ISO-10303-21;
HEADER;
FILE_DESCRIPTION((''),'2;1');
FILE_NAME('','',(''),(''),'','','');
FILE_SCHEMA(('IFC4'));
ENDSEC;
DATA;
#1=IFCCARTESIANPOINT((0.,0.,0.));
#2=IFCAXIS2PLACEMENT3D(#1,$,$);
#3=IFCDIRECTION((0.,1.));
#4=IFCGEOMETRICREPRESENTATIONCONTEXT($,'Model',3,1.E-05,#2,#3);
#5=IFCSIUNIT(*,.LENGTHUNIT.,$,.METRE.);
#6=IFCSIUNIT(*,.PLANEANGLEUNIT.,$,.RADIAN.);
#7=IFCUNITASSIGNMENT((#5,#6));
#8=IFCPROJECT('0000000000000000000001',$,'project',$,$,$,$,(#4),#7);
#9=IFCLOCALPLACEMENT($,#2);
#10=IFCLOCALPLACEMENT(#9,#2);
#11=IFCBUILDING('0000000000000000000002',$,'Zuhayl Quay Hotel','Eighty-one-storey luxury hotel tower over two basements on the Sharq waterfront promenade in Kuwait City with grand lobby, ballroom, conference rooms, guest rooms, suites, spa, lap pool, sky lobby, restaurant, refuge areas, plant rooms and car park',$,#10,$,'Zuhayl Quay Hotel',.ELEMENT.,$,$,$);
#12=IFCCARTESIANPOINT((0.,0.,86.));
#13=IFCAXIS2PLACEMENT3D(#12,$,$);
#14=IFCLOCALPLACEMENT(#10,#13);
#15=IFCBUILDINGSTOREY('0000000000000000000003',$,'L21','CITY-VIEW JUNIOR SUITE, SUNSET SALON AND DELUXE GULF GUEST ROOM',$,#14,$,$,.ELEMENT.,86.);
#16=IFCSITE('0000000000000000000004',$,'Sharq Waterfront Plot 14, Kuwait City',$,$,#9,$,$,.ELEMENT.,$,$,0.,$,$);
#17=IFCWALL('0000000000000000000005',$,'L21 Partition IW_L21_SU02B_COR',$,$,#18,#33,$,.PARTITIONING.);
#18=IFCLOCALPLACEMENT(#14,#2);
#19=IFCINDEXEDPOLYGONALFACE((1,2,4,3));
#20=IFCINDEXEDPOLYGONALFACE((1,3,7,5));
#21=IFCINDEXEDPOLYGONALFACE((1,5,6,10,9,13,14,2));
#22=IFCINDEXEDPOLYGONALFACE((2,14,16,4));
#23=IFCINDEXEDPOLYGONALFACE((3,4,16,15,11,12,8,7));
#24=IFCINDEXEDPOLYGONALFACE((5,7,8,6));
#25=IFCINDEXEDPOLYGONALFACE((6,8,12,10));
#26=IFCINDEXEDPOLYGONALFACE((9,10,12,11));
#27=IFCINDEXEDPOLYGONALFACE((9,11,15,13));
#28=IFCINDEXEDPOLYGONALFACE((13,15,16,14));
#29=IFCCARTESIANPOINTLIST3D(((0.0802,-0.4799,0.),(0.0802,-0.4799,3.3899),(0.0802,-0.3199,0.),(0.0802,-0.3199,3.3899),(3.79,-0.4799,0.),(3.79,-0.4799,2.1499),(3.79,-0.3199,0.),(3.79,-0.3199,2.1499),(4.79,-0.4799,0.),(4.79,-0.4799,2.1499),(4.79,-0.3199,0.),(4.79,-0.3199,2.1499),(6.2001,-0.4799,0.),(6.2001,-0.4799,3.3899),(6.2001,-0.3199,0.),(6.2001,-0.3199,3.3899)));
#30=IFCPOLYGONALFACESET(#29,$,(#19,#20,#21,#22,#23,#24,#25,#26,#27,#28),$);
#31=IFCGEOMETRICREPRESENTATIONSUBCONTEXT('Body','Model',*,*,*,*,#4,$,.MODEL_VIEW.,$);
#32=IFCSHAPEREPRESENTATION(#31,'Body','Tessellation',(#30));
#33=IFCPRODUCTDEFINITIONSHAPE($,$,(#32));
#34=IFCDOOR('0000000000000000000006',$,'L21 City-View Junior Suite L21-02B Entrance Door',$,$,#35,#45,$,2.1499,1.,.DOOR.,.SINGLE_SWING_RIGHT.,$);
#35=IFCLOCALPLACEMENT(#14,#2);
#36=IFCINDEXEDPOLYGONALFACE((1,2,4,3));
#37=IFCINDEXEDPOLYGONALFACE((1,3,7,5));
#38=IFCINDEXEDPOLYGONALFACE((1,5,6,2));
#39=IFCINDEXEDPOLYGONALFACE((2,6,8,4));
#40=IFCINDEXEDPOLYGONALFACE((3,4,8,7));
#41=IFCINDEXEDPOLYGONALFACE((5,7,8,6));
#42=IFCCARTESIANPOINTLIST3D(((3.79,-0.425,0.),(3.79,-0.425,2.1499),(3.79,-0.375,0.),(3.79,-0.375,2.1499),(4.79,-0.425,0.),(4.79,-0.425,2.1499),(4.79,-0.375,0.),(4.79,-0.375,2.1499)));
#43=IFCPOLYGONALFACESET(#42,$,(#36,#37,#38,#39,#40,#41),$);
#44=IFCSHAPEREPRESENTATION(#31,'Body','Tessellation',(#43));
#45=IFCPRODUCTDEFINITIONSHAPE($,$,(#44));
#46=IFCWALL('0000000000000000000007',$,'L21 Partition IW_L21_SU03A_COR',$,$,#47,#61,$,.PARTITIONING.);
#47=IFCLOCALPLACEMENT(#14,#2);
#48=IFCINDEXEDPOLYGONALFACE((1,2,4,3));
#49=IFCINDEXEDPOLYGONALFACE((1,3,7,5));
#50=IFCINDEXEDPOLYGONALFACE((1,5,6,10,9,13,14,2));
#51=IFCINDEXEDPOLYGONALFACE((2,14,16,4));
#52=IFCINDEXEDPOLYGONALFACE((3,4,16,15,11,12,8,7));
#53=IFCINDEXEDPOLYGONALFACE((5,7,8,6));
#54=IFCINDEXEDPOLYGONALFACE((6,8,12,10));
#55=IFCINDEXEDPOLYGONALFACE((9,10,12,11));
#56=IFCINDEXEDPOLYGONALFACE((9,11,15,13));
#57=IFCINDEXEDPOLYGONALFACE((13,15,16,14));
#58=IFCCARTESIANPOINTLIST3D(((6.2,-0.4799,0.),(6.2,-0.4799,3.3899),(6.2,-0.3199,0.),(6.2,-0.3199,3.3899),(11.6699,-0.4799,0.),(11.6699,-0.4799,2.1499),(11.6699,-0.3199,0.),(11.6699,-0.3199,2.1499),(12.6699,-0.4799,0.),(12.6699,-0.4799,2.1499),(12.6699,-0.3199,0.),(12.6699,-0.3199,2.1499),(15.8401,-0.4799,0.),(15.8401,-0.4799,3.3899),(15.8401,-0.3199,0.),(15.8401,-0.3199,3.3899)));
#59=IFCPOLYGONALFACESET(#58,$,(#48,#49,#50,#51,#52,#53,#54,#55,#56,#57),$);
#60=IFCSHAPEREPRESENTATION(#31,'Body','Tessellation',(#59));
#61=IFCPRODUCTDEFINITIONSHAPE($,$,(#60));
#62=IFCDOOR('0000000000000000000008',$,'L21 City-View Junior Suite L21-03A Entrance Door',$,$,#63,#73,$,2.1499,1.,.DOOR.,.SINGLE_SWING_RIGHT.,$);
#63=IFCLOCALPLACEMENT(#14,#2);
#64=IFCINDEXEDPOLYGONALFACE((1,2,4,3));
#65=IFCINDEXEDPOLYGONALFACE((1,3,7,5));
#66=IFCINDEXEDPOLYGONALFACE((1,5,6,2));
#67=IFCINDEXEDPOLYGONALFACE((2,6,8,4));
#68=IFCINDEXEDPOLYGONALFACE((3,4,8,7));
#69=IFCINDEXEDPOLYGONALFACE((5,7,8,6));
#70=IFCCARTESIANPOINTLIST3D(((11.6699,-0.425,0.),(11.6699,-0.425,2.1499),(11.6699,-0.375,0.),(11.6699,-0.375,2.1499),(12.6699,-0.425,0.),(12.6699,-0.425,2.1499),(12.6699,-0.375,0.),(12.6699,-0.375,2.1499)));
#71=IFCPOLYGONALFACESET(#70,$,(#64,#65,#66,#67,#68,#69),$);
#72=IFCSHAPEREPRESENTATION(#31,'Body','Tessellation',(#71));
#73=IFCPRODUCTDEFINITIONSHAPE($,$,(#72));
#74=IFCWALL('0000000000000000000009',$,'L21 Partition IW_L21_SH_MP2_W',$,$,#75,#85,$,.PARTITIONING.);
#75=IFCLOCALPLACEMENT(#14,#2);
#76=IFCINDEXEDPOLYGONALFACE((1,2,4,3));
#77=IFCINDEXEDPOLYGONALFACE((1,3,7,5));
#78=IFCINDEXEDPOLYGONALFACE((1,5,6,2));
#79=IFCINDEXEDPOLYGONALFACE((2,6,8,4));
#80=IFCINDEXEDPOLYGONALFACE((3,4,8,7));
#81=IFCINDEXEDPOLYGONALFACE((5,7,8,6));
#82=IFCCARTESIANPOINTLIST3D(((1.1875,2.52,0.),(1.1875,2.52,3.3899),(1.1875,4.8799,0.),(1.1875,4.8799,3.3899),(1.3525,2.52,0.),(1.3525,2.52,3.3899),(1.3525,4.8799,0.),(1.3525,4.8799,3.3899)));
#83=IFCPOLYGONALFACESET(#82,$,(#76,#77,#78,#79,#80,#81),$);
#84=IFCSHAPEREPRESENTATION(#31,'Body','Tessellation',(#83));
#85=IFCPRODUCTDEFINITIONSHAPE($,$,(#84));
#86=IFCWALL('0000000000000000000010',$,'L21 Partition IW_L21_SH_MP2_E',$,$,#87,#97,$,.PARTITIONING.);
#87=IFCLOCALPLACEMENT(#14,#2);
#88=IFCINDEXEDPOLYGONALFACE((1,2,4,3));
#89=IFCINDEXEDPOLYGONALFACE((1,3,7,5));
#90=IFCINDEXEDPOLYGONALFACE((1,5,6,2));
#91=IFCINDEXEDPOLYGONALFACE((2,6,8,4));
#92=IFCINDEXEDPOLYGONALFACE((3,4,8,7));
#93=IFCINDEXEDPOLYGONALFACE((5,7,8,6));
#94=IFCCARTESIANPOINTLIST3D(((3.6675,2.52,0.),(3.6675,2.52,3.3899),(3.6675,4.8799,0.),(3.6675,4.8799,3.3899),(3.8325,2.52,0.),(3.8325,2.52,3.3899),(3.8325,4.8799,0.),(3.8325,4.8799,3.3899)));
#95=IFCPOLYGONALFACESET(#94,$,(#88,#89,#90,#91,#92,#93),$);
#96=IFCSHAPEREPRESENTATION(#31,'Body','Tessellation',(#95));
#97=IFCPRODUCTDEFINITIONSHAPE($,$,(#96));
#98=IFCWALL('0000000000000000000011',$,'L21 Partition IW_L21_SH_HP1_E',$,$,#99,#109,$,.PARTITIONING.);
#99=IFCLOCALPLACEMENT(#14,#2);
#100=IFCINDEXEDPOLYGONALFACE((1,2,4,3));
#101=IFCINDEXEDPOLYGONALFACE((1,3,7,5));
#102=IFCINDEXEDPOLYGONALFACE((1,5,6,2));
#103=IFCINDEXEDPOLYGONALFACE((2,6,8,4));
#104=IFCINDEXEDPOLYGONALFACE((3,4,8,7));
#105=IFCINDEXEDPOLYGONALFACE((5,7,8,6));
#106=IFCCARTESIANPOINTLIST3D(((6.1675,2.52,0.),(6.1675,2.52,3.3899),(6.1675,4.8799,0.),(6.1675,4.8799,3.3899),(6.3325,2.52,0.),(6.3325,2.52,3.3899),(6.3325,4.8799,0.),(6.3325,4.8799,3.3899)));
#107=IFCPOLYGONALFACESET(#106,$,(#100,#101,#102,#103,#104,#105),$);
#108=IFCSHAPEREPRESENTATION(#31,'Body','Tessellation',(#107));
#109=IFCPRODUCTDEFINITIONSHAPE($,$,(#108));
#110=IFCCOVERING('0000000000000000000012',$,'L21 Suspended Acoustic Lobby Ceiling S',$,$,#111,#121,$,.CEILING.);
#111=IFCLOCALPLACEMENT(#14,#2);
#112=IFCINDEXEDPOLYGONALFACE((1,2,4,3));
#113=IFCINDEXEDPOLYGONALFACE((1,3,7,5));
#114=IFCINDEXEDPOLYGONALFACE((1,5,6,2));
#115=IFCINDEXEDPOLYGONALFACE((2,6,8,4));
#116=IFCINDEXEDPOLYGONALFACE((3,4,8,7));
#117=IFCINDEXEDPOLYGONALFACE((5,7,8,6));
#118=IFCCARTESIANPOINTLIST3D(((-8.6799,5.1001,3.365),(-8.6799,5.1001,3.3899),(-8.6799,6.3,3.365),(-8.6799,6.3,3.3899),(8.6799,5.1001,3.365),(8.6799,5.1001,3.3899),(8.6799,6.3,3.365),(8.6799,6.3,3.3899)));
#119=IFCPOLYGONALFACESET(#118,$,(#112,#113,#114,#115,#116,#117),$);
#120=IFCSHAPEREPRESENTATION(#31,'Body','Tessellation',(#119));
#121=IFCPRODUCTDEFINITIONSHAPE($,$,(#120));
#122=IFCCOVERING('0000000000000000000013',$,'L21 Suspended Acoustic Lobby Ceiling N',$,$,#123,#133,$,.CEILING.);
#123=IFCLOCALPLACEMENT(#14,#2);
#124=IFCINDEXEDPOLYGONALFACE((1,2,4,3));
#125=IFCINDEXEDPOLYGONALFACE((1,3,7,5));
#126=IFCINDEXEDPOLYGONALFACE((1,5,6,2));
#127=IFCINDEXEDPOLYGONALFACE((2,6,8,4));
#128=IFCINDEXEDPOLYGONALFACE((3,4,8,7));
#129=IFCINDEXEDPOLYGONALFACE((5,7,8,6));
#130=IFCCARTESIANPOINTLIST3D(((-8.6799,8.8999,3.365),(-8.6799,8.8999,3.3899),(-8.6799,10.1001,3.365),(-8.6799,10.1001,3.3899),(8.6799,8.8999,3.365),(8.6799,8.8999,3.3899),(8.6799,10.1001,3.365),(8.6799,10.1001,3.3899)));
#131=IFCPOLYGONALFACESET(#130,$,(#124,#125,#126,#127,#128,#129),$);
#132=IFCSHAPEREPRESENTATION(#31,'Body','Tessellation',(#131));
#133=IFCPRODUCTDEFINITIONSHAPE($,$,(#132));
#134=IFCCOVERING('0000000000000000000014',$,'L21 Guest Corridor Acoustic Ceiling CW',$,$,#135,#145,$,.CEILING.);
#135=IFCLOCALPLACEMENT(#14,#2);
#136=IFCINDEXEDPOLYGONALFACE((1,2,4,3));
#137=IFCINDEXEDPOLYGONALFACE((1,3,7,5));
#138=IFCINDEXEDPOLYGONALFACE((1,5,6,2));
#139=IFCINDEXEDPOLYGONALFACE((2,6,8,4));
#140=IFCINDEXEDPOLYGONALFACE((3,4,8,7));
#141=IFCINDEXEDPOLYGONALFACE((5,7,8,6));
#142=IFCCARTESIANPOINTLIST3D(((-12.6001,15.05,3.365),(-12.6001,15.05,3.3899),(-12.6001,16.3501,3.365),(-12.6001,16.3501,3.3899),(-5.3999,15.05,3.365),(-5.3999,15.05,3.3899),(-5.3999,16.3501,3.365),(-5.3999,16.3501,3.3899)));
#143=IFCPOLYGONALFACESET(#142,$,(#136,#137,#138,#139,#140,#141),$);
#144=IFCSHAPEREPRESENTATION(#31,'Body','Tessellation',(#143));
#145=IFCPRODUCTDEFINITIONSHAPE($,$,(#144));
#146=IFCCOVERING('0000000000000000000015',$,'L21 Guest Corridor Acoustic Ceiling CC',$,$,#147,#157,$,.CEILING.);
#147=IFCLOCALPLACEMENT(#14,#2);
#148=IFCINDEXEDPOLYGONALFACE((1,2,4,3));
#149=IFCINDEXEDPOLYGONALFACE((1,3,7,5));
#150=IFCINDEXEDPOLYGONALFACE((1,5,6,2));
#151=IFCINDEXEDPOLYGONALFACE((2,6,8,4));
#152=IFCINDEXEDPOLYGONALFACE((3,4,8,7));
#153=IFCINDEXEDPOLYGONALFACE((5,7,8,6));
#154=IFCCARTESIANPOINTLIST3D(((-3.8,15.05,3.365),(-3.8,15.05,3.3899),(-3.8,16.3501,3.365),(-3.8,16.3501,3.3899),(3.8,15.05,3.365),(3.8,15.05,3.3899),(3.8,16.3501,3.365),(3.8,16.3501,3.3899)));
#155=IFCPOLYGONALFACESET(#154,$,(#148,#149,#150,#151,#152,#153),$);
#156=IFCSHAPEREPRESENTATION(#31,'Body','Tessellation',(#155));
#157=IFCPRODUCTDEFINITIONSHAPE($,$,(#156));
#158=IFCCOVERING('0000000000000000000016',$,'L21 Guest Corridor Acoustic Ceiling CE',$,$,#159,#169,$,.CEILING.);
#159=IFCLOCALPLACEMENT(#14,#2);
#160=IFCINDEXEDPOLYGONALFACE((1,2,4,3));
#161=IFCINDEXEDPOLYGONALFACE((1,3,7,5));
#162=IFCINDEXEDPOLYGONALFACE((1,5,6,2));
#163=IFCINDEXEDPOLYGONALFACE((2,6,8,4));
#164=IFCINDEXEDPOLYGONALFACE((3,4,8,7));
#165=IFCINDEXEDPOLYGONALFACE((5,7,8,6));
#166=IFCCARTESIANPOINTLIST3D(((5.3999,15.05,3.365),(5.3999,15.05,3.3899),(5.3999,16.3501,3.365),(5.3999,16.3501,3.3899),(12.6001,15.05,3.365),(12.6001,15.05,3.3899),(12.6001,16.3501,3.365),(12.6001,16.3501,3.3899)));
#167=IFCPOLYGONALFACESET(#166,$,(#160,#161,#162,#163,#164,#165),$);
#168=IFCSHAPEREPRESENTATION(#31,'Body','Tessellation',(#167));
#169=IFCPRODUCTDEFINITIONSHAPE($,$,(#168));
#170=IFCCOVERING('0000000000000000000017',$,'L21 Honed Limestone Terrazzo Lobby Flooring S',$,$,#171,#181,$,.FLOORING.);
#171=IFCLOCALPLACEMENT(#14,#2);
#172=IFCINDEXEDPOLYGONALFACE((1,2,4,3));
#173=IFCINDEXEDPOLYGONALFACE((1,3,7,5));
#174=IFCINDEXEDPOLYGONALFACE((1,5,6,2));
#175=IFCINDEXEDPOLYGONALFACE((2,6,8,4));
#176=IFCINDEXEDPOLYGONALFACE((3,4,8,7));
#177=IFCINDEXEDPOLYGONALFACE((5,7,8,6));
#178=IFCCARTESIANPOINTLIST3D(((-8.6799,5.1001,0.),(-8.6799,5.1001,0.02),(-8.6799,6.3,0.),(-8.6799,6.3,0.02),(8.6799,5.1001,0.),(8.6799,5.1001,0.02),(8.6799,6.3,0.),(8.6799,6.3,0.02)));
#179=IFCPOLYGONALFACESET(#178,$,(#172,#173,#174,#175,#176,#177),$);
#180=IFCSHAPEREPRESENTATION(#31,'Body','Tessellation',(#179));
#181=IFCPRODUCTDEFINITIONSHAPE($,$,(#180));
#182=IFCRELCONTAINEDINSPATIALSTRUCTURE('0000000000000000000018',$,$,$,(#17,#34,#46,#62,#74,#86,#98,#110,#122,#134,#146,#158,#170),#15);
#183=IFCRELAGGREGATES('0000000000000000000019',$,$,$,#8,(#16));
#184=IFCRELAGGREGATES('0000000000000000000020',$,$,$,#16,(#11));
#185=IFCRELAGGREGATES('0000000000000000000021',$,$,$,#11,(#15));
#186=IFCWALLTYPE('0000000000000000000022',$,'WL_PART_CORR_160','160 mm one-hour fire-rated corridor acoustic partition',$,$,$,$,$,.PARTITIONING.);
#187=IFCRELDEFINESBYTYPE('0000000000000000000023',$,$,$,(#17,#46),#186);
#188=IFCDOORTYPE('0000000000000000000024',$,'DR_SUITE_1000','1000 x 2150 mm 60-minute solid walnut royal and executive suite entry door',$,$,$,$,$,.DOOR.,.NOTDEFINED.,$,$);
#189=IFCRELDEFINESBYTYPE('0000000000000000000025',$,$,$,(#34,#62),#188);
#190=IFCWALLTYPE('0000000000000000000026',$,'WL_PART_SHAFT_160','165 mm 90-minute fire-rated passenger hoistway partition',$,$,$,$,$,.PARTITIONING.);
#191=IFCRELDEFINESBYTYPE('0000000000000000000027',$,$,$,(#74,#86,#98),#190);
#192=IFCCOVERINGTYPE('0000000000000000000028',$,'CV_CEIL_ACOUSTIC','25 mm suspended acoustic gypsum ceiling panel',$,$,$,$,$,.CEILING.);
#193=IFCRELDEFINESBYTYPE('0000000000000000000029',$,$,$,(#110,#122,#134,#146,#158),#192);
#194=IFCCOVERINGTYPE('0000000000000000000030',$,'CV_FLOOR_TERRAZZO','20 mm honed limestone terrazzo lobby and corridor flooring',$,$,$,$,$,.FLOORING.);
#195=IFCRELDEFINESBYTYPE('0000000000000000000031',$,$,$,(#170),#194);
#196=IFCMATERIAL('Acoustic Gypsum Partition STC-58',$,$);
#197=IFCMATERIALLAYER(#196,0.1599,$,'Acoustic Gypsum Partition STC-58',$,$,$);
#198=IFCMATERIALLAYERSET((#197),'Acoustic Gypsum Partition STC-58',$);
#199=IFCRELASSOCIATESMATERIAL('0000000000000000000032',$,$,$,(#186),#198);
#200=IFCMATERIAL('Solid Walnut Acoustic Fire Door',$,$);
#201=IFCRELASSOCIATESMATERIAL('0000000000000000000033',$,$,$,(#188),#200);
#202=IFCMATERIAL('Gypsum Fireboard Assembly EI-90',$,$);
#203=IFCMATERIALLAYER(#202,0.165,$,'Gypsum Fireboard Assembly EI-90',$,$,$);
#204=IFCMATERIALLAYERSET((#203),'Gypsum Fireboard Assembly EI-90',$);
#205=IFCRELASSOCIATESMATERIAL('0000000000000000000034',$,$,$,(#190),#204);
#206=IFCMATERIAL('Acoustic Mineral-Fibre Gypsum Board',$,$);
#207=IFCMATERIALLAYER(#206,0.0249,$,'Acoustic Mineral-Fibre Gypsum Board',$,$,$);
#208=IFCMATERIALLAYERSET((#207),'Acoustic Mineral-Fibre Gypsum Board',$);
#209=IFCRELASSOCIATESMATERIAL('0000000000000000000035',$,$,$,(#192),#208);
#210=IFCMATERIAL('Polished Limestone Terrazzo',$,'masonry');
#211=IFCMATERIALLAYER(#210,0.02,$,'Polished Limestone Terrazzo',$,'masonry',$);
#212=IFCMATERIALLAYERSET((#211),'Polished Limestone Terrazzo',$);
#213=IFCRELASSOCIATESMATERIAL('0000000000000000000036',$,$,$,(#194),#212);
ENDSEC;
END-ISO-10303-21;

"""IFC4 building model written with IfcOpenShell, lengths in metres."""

from ifc_helpers import new_model, si_unit, direction, frame, frame_2d, origin, place, context, subcontext, project, spatial, polyline, rectangle, outline, extrude, material, layer, layer_set, type_object, element, fill, save


model = new_model("IFC4")

# Units and contexts
model_context = context("Model", 3, precision=1e-05, world=origin(), true_north=direction((0.0, 1.0)))
body_context = subcontext(model_context, "Body", "Model", "MODEL_VIEW")
ifc_project = project(units=[si_unit("LENGTHUNIT", "METRE"), si_unit("PLANEANGLEUNIT", "RADIAN")], contexts=[model_context])

# Site, building, storey
site_placement = place(None, origin())
site = spatial("IfcSite", under=ifc_project, at=site_placement, Name="Sharq Waterfront Plot 14, Kuwait City", CompositionType="ELEMENT", RefElevation=0.0)
building_placement = place(site_placement, origin())
building = spatial("IfcBuilding", under=site, at=building_placement, Name="Zuhayl Quay Hotel", Description="Eighty-one-storey luxury hotel tower over two basements on the Sharq waterfront promenade in Kuwait City with grand lobby, ballroom, conference rooms, guest rooms, suites, spa, lap pool, sky lobby, restaurant, refuge areas, plant rooms and car park", LongName="Zuhayl Quay Hotel", CompositionType="ELEMENT")
storey_placement = place(building_placement, frame((0.0, 0.0, 86.0)))
storey = spatial("IfcBuildingStorey", under=building, at=storey_placement, Name="L21", Description="CITY-VIEW JUNIOR SUITE, SUNSET SALON AND DELUXE GULF GUEST ROOM", CompositionType="ELEMENT", Elevation=86.0)

# Walls, openings, doors
ifc_material_1 = material(Name="Acoustic Gypsum Partition STC-58")
ifc_layer_1 = layer(ifc_material_1, 0.1599, Name="Acoustic Gypsum Partition STC-58")
ifc_layer_set_1 = layer_set([ifc_layer_1], Name="Acoustic Gypsum Partition STC-58")
wall_type_1 = type_object("IfcWallType", Name="WL_PART_CORR_160", Description="160 mm one-hour fire-rated corridor acoustic partition", PredefinedType="PARTITIONING", material=ifc_layer_set_1)
wall_1_placement = place(storey_placement, frame((0.0801, -0.3999, 0.0), z_axis=(0.0, 0.0, 1.0), x_axis=(1.0, 0.0, 0.0)))
wall_1 = element("IfcWall", 1, at=wall_1_placement, inside=storey, type_object=wall_type_1, Name="L21 Partition IW_L21_SU02B_COR", PredefinedType="PARTITIONING", context=body_context, shape_type="SweptSolid", body=[
    extrude(rectangle(XDim=6.1199, YDim=0.1599, at=frame_2d((3.0601, 0.0))), origin(), (0.0, 0.0, 1.0), 3.3899),
])
opening_1_placement = place(wall_1_placement, frame((3.71, 0.0, 0.0)))
opening_1 = element("IfcOpeningElement", 2, at=opening_1_placement, cuts=wall_1, PredefinedType="OPENING", context=body_context, shape_type="SweptSolid", body=[
    extrude(rectangle(XDim=1.0, YDim=2.1499, at=frame_2d((0.5, 1.075))), frame((0.0, 0.0898, 0.0), z_axis=(0.0, -1.0, 0.0), x_axis=(1.0, 0.0, 0.0)), (0.0, 0.0, 1.0), 0.1799),
])
ifc_material_2 = material(Name="Solid Walnut Acoustic Fire Door")
door_type = type_object("IfcDoorType", Name="DR_SUITE_1000", Description="1000 x 2150 mm 60-minute solid walnut royal and executive suite entry door", OperationType="NOTDEFINED", PredefinedType="DOOR", material=ifc_material_2)
door_1_placement = place(opening_1_placement, origin())
door_1 = element("IfcDoor", 3, at=door_1_placement, inside=storey, type_object=door_type, Name="L21 City-View Junior Suite L21-02B Entrance Door", OperationType="SINGLE_SWING_RIGHT", OverallHeight=2.1499, OverallWidth=1.0, PredefinedType="DOOR", context=body_context, shape_type="SweptSolid", body=[
    extrude(rectangle(XDim=1.0, YDim=2.1499, at=frame_2d((0.5, 1.075))), frame((0.0, 0.0249, 0.0), z_axis=(0.0, -1.0, 0.0), x_axis=(1.0, 0.0, 0.0)), (0.0, 0.0, 1.0), 0.05),
])
fill(opening_1, door_1)
wall_2_placement = place(storey_placement, frame((6.2, -0.3999, 0.0), z_axis=(0.0, 0.0, 1.0), x_axis=(1.0, 0.0, 0.0)))
wall_2 = element("IfcWall", 4, at=wall_2_placement, inside=storey, type_object=wall_type_1, Name="L21 Partition IW_L21_SU03A_COR", PredefinedType="PARTITIONING", context=body_context, shape_type="SweptSolid", body=[
    extrude(rectangle(XDim=9.6401, YDim=0.1599, at=frame_2d((4.8201, 0.0))), origin(), (0.0, 0.0, 1.0), 3.3899),
])
opening_2_placement = place(wall_2_placement, frame((5.47, 0.0, 0.0)))
opening_2 = element("IfcOpeningElement", 5, at=opening_2_placement, cuts=wall_2, PredefinedType="OPENING", context=body_context, shape_type="SweptSolid", body=[
    extrude(rectangle(XDim=1.0, YDim=2.1499, at=frame_2d((0.5, 1.075))), frame((0.0, 0.0898, 0.0), z_axis=(0.0, -1.0, 0.0), x_axis=(1.0, 0.0, 0.0)), (0.0, 0.0, 1.0), 0.1799),
])
door_2_placement = place(opening_2_placement, origin())
door_2 = element("IfcDoor", 6, at=door_2_placement, inside=storey, type_object=door_type, Name="L21 City-View Junior Suite L21-03A Entrance Door", OperationType="SINGLE_SWING_RIGHT", OverallHeight=2.1499, OverallWidth=1.0, PredefinedType="DOOR", context=body_context, shape_type="SweptSolid", body=[
    extrude(rectangle(XDim=1.0, YDim=2.1499, at=frame_2d((0.5, 1.075))), frame((0.0, 0.0249, 0.0), z_axis=(0.0, -1.0, 0.0), x_axis=(1.0, 0.0, 0.0)), (0.0, 0.0, 1.0), 0.05),
])
fill(opening_2, door_2)

# Walls
ifc_material_3 = material(Name="Gypsum Fireboard Assembly EI-90")
ifc_layer_2 = layer(ifc_material_3, 0.165, Name="Gypsum Fireboard Assembly EI-90")
ifc_layer_set_2 = layer_set([ifc_layer_2], Name="Gypsum Fireboard Assembly EI-90")
wall_type_2 = type_object("IfcWallType", Name="WL_PART_SHAFT_160", Description="165 mm 90-minute fire-rated passenger hoistway partition", PredefinedType="PARTITIONING", material=ifc_layer_set_2)
for number, where, z_axis, x_axis, name in (
    (7, (1.27, 2.52, 0.0), (0.0, 0.0, 1.0), (0.0, 1.0, 0.0), "L21 Partition IW_L21_SH_MP2_W"),
    (8, (3.75, 2.52, 0.0), (0.0, 0.0, 1.0), (0.0, 1.0, 0.0), "L21 Partition IW_L21_SH_MP2_E"),
    (9, (6.25, 2.52, 0.0), (0.0, 0.0, 1.0), (0.0, 1.0, 0.0), "L21 Partition IW_L21_SH_HP1_E"),
):
    element("IfcWall", number, at=place(storey_placement, frame(where, z_axis=z_axis, x_axis=x_axis)), inside=storey, type_object=wall_type_2, Name=name, PredefinedType="PARTITIONING", context=body_context, shape_type="SweptSolid", body=[
        extrude(rectangle(XDim=2.3599, YDim=0.165, at=frame_2d((1.1799, 0.0))), origin(), (0.0, 0.0, 1.0), 3.3899),
    ])

# Coverings
ifc_material_4 = material(Name="Acoustic Mineral-Fibre Gypsum Board")
ifc_layer_3 = layer(ifc_material_4, 0.0249, Name="Acoustic Mineral-Fibre Gypsum Board")
ifc_layer_set_3 = layer_set([ifc_layer_3], Name="Acoustic Mineral-Fibre Gypsum Board")
covering_type_1 = type_object("IfcCoveringType", Name="CV_CEIL_ACOUSTIC", Description="25 mm suspended acoustic gypsum ceiling panel", PredefinedType="CEILING", material=ifc_layer_set_3)
covering_1_placement = place(storey_placement, frame((0.0, 0.0, 3.365)))
element("IfcCovering", 10, at=covering_1_placement, inside=storey, type_object=covering_type_1, Name="L21 Suspended Acoustic Lobby Ceiling S", PredefinedType="CEILING", context=body_context, shape_type="SweptSolid", body=[
    extrude(outline(polyline([(-8.6799, 5.1001), (8.6799, 5.1001), (8.6799, 6.3), (-8.6799, 6.3), (-8.6799, 5.1001)])), origin(), (0.0, 0.0, 1.0), 0.0249),
])
covering_2_placement = place(storey_placement, frame((0.0, 0.0, 3.365)))
element("IfcCovering", 11, at=covering_2_placement, inside=storey, type_object=covering_type_1, Name="L21 Suspended Acoustic Lobby Ceiling N", PredefinedType="CEILING", context=body_context, shape_type="SweptSolid", body=[
    extrude(outline(polyline([(-8.6799, 8.8999), (8.6799, 8.8999), (8.6799, 10.1001), (-8.6799, 10.1001), (-8.6799, 8.8999)])), origin(), (0.0, 0.0, 1.0), 0.0249),
])
covering_3_placement = place(storey_placement, frame((0.0, 0.0, 3.365)))
element("IfcCovering", 12, at=covering_3_placement, inside=storey, type_object=covering_type_1, Name="L21 Guest Corridor Acoustic Ceiling CW", PredefinedType="CEILING", context=body_context, shape_type="SweptSolid", body=[
    extrude(outline(polyline([(-12.6001, 15.05), (-5.3999, 15.05), (-5.3999, 16.3501), (-12.6001, 16.3501), (-12.6001, 15.05)])), origin(), (0.0, 0.0, 1.0), 0.0249),
])
covering_4_placement = place(storey_placement, frame((0.0, 0.0, 3.365)))
element("IfcCovering", 13, at=covering_4_placement, inside=storey, type_object=covering_type_1, Name="L21 Guest Corridor Acoustic Ceiling CC", PredefinedType="CEILING", context=body_context, shape_type="SweptSolid", body=[
    extrude(outline(polyline([(-3.8, 15.05), (3.8, 15.05), (3.8, 16.3501), (-3.8, 16.3501), (-3.8, 15.05)])), origin(), (0.0, 0.0, 1.0), 0.0249),
])
covering_5_placement = place(storey_placement, frame((0.0, 0.0, 3.365)))
element("IfcCovering", 14, at=covering_5_placement, inside=storey, type_object=covering_type_1, Name="L21 Guest Corridor Acoustic Ceiling CE", PredefinedType="CEILING", context=body_context, shape_type="SweptSolid", body=[
    extrude(outline(polyline([(5.3999, 15.05), (12.6001, 15.05), (12.6001, 16.3501), (5.3999, 16.3501), (5.3999, 15.05)])), origin(), (0.0, 0.0, 1.0), 0.0249),
])
ifc_material_5 = material(Name="Polished Limestone Terrazzo", Category="masonry")
ifc_layer_4 = layer(ifc_material_5, 0.02, Name="Polished Limestone Terrazzo", Category="masonry")
ifc_layer_set_4 = layer_set([ifc_layer_4], Name="Polished Limestone Terrazzo")
covering_type_2 = type_object("IfcCoveringType", Name="CV_FLOOR_TERRAZZO", Description="20 mm honed limestone terrazzo lobby and corridor flooring", PredefinedType="FLOORING", material=ifc_layer_set_4)
covering_6_placement = place(storey_placement, origin())
element("IfcCovering", 15, at=covering_6_placement, inside=storey, type_object=covering_type_2, Name="L21 Honed Limestone Terrazzo Lobby Flooring S", PredefinedType="FLOORING", context=body_context, shape_type="SweptSolid", body=[
    extrude(outline(polyline([(-8.6799, 5.1001), (8.6799, 5.1001), (8.6799, 6.3), (-8.6799, 6.3), (-8.6799, 5.1001)])), origin(), (0.0, 0.0, 1.0), 0.02),
])

save(model, "model.ifc")
